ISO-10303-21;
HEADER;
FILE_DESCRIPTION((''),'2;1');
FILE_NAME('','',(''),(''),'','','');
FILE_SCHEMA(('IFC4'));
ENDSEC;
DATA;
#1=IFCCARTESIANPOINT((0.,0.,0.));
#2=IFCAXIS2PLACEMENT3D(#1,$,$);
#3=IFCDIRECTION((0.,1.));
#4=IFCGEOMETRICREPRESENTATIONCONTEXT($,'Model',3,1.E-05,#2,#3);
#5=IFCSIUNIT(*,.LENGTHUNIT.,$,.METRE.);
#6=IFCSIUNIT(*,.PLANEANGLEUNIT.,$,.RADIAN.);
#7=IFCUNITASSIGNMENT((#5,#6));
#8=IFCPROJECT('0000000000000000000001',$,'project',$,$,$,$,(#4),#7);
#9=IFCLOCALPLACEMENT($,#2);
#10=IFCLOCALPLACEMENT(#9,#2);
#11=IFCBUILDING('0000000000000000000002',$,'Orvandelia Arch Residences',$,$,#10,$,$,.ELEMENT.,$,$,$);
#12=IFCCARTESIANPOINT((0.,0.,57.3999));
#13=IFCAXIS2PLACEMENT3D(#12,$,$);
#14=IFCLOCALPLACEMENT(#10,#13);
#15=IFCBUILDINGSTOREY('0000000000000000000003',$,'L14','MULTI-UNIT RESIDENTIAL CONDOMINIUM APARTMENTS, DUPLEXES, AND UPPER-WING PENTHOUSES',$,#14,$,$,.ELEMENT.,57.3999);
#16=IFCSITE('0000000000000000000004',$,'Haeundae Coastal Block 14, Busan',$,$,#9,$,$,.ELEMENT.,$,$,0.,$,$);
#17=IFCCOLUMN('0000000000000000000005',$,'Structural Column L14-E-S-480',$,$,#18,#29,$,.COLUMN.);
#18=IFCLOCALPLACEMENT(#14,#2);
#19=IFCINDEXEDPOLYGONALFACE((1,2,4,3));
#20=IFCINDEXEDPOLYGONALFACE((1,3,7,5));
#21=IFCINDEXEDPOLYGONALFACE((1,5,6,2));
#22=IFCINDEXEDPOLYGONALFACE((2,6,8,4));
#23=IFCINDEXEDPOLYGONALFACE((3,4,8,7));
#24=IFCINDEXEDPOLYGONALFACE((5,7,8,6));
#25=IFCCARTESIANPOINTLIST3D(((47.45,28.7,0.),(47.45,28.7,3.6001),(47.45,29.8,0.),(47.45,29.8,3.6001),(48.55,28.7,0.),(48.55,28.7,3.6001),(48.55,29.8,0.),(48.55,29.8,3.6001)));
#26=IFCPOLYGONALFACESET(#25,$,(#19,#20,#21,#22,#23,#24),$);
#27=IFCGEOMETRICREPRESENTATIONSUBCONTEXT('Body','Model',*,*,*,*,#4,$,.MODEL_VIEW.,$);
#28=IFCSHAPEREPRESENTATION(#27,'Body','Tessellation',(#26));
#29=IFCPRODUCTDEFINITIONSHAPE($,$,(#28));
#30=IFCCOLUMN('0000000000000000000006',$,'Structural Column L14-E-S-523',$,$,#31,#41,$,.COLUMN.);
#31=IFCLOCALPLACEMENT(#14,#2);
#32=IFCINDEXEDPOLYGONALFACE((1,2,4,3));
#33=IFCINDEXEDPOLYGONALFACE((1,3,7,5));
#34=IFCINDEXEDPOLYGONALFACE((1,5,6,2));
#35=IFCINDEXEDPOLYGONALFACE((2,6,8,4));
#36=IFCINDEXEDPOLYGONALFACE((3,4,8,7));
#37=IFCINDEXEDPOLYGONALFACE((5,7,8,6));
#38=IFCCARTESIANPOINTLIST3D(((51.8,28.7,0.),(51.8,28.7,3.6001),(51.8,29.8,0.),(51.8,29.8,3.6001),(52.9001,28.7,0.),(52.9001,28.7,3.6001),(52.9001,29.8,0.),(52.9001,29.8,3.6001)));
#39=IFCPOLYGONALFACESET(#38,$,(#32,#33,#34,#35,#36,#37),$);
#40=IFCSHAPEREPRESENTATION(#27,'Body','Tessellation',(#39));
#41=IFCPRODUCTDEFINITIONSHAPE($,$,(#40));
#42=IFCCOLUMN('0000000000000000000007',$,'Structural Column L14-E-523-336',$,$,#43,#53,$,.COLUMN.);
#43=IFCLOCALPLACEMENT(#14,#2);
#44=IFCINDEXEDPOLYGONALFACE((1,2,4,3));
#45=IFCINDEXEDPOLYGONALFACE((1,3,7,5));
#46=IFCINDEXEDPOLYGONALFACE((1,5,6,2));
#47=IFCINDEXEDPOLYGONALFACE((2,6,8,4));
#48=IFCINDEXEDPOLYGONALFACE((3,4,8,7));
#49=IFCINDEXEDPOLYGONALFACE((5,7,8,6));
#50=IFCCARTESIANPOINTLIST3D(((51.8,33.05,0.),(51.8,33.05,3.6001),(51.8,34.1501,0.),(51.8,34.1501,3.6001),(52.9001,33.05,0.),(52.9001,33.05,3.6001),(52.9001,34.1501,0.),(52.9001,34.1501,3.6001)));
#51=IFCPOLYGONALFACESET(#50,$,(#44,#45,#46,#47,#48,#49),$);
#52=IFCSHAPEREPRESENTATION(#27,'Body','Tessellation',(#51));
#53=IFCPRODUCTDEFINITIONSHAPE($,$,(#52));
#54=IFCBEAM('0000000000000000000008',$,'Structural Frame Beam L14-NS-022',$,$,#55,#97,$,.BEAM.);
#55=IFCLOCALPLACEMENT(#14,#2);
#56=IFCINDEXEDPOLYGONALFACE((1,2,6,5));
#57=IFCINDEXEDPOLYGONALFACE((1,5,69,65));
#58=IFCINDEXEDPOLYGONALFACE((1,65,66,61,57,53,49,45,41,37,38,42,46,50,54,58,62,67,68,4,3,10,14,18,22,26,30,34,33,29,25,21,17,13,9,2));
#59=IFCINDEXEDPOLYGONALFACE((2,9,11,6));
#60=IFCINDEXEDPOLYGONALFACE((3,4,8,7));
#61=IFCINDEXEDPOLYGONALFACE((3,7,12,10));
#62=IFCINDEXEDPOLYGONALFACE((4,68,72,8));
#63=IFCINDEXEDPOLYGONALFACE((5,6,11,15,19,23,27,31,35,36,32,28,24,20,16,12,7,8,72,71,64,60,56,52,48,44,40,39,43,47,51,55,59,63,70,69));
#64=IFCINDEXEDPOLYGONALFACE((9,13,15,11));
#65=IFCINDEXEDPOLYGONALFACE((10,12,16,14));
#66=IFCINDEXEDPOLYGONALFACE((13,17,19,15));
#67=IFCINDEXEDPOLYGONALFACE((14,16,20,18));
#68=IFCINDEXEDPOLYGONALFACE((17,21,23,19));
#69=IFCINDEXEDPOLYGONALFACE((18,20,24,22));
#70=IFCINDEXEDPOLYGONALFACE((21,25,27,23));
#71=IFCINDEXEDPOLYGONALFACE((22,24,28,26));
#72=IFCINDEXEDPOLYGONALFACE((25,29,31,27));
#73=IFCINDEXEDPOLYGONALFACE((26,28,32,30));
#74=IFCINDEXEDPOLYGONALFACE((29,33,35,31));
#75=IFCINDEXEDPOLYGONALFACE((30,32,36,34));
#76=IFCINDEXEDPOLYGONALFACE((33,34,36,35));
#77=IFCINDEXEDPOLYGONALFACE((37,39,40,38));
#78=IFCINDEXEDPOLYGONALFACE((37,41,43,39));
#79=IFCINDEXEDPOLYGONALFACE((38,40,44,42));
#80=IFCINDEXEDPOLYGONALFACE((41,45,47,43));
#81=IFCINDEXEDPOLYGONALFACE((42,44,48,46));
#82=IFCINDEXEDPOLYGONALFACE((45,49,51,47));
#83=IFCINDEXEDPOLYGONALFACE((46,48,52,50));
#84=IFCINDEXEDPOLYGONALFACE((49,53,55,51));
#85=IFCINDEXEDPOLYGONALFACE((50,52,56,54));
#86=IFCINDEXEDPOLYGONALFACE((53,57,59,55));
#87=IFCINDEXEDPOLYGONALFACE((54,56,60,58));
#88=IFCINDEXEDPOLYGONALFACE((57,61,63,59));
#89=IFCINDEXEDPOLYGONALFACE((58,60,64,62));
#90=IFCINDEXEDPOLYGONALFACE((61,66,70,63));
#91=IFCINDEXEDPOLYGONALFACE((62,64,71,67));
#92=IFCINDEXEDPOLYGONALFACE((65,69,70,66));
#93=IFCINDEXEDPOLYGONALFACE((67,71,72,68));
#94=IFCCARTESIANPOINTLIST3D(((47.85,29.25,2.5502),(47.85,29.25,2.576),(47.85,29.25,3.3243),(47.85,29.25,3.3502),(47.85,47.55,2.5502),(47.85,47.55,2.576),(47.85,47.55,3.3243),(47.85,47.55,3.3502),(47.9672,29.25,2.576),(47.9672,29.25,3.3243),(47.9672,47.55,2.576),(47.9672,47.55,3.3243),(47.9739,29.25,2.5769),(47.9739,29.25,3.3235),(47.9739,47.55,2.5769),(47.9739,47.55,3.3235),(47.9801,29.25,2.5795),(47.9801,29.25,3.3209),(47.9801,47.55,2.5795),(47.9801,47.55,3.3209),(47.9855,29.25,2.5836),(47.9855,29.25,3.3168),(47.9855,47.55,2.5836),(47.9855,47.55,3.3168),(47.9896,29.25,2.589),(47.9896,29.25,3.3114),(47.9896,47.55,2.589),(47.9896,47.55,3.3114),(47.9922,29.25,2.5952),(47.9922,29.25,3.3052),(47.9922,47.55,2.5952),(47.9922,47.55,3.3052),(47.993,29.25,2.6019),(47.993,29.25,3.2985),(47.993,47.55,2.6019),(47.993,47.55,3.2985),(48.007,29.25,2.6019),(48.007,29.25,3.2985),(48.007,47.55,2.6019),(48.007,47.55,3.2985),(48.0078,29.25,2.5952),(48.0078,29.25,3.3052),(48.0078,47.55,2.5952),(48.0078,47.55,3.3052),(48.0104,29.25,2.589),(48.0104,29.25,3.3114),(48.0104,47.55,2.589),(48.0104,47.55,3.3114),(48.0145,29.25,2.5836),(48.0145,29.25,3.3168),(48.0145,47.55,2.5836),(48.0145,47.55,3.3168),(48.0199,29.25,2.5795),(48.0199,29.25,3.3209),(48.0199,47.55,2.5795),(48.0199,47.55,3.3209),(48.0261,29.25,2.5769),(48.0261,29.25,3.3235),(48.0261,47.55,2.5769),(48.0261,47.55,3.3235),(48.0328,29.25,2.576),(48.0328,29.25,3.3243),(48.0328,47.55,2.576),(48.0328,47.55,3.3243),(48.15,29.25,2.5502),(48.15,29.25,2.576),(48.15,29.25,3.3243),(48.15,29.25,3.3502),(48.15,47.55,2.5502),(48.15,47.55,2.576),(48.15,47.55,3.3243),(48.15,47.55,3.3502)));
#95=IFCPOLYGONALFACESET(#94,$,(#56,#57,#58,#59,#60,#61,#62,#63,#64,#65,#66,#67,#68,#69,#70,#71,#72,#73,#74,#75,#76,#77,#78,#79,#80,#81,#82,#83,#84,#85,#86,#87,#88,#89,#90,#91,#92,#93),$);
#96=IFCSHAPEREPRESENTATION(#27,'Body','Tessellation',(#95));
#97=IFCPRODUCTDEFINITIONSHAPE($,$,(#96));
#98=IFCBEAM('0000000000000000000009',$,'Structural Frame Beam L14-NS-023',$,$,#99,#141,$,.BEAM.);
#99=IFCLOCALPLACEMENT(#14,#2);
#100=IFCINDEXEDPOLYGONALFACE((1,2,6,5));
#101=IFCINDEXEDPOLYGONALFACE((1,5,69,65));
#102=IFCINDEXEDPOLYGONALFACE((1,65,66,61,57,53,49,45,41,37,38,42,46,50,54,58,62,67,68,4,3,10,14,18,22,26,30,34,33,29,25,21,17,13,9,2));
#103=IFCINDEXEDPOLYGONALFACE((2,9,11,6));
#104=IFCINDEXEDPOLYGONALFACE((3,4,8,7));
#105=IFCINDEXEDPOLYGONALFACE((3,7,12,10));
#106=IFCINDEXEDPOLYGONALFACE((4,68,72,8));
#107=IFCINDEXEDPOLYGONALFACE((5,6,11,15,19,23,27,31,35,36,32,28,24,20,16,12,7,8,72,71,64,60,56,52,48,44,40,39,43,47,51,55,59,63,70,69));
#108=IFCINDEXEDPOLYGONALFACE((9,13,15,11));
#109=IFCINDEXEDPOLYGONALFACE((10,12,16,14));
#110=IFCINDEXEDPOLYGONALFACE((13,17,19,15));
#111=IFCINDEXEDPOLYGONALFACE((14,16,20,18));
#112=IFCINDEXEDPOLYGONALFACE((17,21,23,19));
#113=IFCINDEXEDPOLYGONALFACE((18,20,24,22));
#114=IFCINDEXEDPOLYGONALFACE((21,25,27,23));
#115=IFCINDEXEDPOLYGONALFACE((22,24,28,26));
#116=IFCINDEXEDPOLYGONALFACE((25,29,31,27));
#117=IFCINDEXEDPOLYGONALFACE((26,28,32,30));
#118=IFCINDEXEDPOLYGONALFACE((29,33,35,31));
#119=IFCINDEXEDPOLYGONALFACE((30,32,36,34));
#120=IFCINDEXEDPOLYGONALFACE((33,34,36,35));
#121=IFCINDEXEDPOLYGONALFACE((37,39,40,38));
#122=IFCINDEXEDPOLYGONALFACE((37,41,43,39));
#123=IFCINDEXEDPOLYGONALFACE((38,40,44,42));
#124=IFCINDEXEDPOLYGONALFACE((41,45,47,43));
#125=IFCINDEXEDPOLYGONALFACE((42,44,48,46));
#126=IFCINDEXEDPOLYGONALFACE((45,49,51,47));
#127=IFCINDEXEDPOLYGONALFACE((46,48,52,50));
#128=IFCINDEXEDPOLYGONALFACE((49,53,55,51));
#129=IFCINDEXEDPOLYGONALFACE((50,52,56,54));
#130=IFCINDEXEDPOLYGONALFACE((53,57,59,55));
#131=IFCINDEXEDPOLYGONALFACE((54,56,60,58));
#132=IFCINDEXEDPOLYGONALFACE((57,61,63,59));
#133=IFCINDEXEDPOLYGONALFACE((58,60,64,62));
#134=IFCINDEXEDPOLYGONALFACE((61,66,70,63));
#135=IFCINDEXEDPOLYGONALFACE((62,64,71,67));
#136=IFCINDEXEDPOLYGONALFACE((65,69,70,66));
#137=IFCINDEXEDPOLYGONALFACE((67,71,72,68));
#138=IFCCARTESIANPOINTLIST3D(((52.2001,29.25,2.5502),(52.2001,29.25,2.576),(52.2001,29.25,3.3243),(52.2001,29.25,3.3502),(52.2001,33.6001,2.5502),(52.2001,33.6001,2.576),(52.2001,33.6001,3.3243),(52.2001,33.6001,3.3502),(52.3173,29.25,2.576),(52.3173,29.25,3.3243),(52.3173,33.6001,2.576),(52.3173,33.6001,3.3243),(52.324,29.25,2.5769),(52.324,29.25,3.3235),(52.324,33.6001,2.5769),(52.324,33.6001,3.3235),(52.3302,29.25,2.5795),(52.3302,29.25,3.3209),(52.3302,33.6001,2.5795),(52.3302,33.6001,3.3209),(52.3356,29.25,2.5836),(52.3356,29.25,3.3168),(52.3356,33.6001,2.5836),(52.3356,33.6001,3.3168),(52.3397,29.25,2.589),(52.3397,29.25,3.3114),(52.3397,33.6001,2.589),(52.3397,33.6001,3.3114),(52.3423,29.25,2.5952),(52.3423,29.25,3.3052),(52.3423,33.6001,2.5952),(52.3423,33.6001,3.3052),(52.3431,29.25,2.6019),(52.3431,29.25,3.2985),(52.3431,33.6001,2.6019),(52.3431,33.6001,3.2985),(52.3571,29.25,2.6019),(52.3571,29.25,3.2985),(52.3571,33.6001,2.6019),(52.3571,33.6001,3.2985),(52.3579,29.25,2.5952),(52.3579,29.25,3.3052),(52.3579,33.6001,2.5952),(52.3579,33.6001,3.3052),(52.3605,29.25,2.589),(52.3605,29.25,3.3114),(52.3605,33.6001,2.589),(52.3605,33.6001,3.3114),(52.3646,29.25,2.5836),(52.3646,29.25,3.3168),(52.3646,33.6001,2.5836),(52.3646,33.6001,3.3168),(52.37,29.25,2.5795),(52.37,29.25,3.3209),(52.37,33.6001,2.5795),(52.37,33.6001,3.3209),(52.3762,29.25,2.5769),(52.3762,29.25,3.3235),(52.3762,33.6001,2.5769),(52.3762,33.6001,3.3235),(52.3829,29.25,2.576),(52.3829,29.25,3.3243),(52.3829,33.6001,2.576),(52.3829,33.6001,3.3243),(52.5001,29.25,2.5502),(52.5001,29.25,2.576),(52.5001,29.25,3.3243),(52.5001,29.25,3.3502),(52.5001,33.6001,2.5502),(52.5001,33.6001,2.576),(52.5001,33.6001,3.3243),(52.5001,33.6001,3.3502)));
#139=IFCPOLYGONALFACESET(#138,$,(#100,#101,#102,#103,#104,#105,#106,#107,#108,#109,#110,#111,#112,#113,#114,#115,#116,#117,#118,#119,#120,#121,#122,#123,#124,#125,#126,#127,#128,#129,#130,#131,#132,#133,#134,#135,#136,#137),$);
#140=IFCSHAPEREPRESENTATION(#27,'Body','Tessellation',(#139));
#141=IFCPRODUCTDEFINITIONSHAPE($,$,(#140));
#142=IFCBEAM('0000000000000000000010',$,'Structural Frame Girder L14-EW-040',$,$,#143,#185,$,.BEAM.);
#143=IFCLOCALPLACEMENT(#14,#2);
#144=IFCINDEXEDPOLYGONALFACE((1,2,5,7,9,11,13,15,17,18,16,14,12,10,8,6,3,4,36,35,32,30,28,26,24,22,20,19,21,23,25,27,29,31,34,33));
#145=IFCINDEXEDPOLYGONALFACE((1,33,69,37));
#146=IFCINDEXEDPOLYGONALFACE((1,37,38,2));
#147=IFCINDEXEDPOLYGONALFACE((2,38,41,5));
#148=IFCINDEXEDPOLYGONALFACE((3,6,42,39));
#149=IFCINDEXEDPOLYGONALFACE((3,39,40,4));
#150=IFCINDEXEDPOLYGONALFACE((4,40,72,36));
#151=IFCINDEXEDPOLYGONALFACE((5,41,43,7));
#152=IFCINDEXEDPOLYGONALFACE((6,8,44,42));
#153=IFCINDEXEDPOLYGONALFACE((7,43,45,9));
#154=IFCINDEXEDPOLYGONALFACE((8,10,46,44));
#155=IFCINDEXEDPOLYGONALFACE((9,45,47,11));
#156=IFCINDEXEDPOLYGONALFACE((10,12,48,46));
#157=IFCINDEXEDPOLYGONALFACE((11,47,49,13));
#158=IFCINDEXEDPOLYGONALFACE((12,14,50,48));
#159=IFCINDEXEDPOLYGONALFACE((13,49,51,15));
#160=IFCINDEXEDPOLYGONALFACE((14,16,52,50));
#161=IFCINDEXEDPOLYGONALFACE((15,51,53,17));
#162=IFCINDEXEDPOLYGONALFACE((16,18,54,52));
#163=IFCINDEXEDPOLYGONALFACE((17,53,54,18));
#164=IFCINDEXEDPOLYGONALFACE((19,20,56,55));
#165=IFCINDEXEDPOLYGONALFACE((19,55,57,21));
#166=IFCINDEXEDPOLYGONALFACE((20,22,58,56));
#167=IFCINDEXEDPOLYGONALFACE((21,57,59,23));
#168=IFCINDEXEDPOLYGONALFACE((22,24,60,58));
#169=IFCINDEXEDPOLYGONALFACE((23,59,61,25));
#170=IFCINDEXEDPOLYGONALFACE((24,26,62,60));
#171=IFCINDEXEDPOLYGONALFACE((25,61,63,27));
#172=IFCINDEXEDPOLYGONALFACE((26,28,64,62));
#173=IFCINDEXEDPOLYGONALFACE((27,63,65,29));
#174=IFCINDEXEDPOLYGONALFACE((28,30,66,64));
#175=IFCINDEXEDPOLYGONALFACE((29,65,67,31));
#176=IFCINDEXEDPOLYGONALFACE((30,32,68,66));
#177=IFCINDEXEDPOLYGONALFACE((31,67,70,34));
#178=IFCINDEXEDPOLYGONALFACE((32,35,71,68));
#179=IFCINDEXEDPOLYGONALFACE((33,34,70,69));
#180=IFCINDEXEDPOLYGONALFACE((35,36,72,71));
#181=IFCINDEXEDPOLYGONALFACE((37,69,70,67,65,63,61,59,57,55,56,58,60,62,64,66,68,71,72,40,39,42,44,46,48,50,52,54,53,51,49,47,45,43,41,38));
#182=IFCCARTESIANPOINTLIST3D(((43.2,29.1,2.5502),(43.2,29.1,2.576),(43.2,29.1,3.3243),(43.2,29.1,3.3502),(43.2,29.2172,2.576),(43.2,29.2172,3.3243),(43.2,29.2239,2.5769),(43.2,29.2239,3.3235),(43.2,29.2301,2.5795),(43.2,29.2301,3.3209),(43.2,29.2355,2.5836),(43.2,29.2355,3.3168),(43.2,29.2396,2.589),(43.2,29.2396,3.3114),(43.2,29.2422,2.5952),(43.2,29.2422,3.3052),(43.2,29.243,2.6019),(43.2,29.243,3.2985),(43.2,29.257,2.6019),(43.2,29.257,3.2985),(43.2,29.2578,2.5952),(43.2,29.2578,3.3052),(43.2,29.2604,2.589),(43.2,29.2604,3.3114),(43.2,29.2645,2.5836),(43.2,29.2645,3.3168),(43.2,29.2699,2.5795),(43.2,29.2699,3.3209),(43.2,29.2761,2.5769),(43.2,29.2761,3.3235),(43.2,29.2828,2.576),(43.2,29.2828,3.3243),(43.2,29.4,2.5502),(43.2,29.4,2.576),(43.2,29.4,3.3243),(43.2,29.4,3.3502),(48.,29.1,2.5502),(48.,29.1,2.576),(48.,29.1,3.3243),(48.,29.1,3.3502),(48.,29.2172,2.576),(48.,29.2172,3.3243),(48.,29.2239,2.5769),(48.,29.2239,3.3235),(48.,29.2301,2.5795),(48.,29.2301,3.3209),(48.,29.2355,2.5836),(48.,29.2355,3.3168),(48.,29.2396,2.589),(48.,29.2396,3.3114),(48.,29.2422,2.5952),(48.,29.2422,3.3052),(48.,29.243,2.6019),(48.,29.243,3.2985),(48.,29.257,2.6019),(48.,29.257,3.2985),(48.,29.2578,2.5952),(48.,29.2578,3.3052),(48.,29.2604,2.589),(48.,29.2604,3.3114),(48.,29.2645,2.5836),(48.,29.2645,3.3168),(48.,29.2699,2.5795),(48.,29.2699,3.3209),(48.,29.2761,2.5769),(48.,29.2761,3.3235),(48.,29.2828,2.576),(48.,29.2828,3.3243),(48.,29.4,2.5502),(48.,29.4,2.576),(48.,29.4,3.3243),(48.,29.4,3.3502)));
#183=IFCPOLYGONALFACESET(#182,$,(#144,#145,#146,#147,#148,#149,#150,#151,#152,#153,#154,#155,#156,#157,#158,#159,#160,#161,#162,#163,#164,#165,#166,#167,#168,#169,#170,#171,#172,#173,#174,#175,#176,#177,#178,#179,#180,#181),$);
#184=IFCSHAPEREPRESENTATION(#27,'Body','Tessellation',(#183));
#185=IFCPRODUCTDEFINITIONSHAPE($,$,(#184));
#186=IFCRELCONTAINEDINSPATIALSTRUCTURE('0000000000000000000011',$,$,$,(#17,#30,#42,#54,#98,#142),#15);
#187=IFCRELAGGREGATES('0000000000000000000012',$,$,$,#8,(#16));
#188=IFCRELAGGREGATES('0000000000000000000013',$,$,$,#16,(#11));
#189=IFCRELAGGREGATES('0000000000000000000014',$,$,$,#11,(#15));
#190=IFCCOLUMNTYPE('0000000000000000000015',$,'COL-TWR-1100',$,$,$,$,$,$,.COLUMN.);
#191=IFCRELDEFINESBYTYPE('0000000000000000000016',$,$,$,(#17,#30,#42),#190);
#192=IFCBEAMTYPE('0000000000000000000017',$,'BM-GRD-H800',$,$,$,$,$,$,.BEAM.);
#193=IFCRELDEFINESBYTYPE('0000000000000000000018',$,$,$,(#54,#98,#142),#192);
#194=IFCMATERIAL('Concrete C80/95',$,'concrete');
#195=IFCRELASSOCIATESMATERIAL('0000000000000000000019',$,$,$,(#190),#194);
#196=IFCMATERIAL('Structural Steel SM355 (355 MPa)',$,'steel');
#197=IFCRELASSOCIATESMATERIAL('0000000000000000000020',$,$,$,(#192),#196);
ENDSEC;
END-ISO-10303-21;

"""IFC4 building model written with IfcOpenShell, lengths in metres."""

from ifc_helpers import new_model, si_unit, direction, frame, origin, origin_2d, place, context, subcontext, project, spatial, rectangle, i_section, extrude, material, material_profile, profile_set, type_object, element, save


model = new_model("IFC4")

# Units and contexts
model_context = context("Model", 3, precision=1e-05, world=origin(), true_north=direction((0.0, 1.0)))
body_context = subcontext(model_context, "Body", "Model", "MODEL_VIEW")
ifc_project = project(units=[si_unit("LENGTHUNIT", "METRE"), si_unit("PLANEANGLEUNIT", "RADIAN")], contexts=[model_context])

# Site, building, storey
site_placement = place(None, origin())
site = spatial("IfcSite", under=ifc_project, at=site_placement, Name="Haeundae Coastal Block 14, Busan", CompositionType="ELEMENT", RefElevation=0.0)
building_placement = place(site_placement, origin())
building = spatial("IfcBuilding", under=site, at=building_placement, Name="Orvandelia Arch Residences", CompositionType="ELEMENT")
storey_placement = place(building_placement, frame((0.0, 0.0, 57.3999)))
storey = spatial("IfcBuildingStorey", under=building, at=storey_placement, Name="L14", Description="MULTI-UNIT RESIDENTIAL CONDOMINIUM APARTMENTS, DUPLEXES, AND UPPER-WING PENTHOUSES", CompositionType="ELEMENT", Elevation=57.3999)

# Columns
ifc_material_1 = material(Name="Concrete C80/95", Category="concrete")
ifc_material_profile_1 = material_profile(ifc_material_1, rectangle(XDim=1.1001, YDim=1.1001, at=origin_2d()), Name="Concrete C80/95", Category="concrete")
ifc_profile_set_1 = profile_set([ifc_material_profile_1], Name="Concrete C80/95")
column_type = type_object("IfcColumnType", Name="COL-TWR-1100", PredefinedType="COLUMN", material=ifc_profile_set_1)
for number, where, z_axis, x_axis, name in (
    (1, (48.0, 29.25, 0.0), (0.0, 0.0, 1.0), (1.0, 0.0, 0.0), "Structural Column L14-E-S-480"),
    (2, (52.3501, 29.25, 0.0), (0.0, 0.0, 1.0), (1.0, 0.0, 0.0), "Structural Column L14-E-S-523"),
    (3, (52.3501, 33.6001, 0.0), (0.0, 0.0, 1.0), (1.0, 0.0, 0.0), "Structural Column L14-E-523-336"),
):
    element("IfcColumn", number, at=place(storey_placement, frame(where, z_axis=z_axis, x_axis=x_axis)), inside=storey, type_object=column_type, Name=name, PredefinedType="COLUMN", context=body_context, shape_type="SweptSolid", body=[
        extrude(rectangle(XDim=1.1001, YDim=1.1001, at=origin_2d()), origin(), (0.0, 0.0, 1.0), 3.6001),
    ])

# Beams
ifc_material_2 = material(Name="Structural Steel SM355 (355 MPa)", Category="steel")
ifc_material_profile_2 = material_profile(ifc_material_2, i_section(OverallWidth=0.3, OverallDepth=0.8, WebThickness=0.0139, FlangeThickness=0.0259, FilletRadius=0.0259, at=origin_2d()), Name="Structural Steel SM355 (355 MPa)", Category="steel")
ifc_profile_set_2 = profile_set([ifc_material_profile_2], Name="Structural Steel SM355 (355 MPa)")
beam_type = type_object("IfcBeamType", Name="BM-GRD-H800", PredefinedType="BEAM", material=ifc_profile_set_2)
beam_1_placement = place(storey_placement, frame((48.0, 29.25, 2.9502), z_axis=(0.0, 1.0, 0.0), x_axis=(-1.0, 0.0, 0.0)))
element("IfcBeam", 4, at=beam_1_placement, inside=storey, type_object=beam_type, Name="Structural Frame Beam L14-NS-022", PredefinedType="BEAM", context=body_context, shape_type="SweptSolid", body=[
    extrude(i_section(OverallWidth=0.3, OverallDepth=0.8, WebThickness=0.0139, FlangeThickness=0.0259, FilletRadius=0.0259, at=origin_2d()), origin(), (0.0, 0.0, 1.0), 18.3),
])
beam_2_placement = place(storey_placement, frame((52.3501, 29.25, 2.9502), z_axis=(0.0, 1.0, 0.0), x_axis=(-1.0, 0.0, 0.0)))
element("IfcBeam", 5, at=beam_2_placement, inside=storey, type_object=beam_type, Name="Structural Frame Beam L14-NS-023", PredefinedType="BEAM", context=body_context, shape_type="SweptSolid", body=[
    extrude(i_section(OverallWidth=0.3, OverallDepth=0.8, WebThickness=0.0139, FlangeThickness=0.0259, FilletRadius=0.0259, at=origin_2d()), origin(), (0.0, 0.0, 1.0), 4.3501),
])
beam_3_placement = place(storey_placement, frame((43.2, 29.25, 2.9502), z_axis=(1.0, 0.0, 0.0), x_axis=(0.0, 1.0, 0.0)))
element("IfcBeam", 6, at=beam_3_placement, inside=storey, type_object=beam_type, Name="Structural Frame Girder L14-EW-040", PredefinedType="BEAM", context=body_context, shape_type="SweptSolid", body=[
    extrude(i_section(OverallWidth=0.3, OverallDepth=0.8, WebThickness=0.0139, FlangeThickness=0.0259, FilletRadius=0.0259, at=origin_2d()), origin(), (0.0, 0.0, 1.0), 4.8),
])

save(model, "model.ifc")
